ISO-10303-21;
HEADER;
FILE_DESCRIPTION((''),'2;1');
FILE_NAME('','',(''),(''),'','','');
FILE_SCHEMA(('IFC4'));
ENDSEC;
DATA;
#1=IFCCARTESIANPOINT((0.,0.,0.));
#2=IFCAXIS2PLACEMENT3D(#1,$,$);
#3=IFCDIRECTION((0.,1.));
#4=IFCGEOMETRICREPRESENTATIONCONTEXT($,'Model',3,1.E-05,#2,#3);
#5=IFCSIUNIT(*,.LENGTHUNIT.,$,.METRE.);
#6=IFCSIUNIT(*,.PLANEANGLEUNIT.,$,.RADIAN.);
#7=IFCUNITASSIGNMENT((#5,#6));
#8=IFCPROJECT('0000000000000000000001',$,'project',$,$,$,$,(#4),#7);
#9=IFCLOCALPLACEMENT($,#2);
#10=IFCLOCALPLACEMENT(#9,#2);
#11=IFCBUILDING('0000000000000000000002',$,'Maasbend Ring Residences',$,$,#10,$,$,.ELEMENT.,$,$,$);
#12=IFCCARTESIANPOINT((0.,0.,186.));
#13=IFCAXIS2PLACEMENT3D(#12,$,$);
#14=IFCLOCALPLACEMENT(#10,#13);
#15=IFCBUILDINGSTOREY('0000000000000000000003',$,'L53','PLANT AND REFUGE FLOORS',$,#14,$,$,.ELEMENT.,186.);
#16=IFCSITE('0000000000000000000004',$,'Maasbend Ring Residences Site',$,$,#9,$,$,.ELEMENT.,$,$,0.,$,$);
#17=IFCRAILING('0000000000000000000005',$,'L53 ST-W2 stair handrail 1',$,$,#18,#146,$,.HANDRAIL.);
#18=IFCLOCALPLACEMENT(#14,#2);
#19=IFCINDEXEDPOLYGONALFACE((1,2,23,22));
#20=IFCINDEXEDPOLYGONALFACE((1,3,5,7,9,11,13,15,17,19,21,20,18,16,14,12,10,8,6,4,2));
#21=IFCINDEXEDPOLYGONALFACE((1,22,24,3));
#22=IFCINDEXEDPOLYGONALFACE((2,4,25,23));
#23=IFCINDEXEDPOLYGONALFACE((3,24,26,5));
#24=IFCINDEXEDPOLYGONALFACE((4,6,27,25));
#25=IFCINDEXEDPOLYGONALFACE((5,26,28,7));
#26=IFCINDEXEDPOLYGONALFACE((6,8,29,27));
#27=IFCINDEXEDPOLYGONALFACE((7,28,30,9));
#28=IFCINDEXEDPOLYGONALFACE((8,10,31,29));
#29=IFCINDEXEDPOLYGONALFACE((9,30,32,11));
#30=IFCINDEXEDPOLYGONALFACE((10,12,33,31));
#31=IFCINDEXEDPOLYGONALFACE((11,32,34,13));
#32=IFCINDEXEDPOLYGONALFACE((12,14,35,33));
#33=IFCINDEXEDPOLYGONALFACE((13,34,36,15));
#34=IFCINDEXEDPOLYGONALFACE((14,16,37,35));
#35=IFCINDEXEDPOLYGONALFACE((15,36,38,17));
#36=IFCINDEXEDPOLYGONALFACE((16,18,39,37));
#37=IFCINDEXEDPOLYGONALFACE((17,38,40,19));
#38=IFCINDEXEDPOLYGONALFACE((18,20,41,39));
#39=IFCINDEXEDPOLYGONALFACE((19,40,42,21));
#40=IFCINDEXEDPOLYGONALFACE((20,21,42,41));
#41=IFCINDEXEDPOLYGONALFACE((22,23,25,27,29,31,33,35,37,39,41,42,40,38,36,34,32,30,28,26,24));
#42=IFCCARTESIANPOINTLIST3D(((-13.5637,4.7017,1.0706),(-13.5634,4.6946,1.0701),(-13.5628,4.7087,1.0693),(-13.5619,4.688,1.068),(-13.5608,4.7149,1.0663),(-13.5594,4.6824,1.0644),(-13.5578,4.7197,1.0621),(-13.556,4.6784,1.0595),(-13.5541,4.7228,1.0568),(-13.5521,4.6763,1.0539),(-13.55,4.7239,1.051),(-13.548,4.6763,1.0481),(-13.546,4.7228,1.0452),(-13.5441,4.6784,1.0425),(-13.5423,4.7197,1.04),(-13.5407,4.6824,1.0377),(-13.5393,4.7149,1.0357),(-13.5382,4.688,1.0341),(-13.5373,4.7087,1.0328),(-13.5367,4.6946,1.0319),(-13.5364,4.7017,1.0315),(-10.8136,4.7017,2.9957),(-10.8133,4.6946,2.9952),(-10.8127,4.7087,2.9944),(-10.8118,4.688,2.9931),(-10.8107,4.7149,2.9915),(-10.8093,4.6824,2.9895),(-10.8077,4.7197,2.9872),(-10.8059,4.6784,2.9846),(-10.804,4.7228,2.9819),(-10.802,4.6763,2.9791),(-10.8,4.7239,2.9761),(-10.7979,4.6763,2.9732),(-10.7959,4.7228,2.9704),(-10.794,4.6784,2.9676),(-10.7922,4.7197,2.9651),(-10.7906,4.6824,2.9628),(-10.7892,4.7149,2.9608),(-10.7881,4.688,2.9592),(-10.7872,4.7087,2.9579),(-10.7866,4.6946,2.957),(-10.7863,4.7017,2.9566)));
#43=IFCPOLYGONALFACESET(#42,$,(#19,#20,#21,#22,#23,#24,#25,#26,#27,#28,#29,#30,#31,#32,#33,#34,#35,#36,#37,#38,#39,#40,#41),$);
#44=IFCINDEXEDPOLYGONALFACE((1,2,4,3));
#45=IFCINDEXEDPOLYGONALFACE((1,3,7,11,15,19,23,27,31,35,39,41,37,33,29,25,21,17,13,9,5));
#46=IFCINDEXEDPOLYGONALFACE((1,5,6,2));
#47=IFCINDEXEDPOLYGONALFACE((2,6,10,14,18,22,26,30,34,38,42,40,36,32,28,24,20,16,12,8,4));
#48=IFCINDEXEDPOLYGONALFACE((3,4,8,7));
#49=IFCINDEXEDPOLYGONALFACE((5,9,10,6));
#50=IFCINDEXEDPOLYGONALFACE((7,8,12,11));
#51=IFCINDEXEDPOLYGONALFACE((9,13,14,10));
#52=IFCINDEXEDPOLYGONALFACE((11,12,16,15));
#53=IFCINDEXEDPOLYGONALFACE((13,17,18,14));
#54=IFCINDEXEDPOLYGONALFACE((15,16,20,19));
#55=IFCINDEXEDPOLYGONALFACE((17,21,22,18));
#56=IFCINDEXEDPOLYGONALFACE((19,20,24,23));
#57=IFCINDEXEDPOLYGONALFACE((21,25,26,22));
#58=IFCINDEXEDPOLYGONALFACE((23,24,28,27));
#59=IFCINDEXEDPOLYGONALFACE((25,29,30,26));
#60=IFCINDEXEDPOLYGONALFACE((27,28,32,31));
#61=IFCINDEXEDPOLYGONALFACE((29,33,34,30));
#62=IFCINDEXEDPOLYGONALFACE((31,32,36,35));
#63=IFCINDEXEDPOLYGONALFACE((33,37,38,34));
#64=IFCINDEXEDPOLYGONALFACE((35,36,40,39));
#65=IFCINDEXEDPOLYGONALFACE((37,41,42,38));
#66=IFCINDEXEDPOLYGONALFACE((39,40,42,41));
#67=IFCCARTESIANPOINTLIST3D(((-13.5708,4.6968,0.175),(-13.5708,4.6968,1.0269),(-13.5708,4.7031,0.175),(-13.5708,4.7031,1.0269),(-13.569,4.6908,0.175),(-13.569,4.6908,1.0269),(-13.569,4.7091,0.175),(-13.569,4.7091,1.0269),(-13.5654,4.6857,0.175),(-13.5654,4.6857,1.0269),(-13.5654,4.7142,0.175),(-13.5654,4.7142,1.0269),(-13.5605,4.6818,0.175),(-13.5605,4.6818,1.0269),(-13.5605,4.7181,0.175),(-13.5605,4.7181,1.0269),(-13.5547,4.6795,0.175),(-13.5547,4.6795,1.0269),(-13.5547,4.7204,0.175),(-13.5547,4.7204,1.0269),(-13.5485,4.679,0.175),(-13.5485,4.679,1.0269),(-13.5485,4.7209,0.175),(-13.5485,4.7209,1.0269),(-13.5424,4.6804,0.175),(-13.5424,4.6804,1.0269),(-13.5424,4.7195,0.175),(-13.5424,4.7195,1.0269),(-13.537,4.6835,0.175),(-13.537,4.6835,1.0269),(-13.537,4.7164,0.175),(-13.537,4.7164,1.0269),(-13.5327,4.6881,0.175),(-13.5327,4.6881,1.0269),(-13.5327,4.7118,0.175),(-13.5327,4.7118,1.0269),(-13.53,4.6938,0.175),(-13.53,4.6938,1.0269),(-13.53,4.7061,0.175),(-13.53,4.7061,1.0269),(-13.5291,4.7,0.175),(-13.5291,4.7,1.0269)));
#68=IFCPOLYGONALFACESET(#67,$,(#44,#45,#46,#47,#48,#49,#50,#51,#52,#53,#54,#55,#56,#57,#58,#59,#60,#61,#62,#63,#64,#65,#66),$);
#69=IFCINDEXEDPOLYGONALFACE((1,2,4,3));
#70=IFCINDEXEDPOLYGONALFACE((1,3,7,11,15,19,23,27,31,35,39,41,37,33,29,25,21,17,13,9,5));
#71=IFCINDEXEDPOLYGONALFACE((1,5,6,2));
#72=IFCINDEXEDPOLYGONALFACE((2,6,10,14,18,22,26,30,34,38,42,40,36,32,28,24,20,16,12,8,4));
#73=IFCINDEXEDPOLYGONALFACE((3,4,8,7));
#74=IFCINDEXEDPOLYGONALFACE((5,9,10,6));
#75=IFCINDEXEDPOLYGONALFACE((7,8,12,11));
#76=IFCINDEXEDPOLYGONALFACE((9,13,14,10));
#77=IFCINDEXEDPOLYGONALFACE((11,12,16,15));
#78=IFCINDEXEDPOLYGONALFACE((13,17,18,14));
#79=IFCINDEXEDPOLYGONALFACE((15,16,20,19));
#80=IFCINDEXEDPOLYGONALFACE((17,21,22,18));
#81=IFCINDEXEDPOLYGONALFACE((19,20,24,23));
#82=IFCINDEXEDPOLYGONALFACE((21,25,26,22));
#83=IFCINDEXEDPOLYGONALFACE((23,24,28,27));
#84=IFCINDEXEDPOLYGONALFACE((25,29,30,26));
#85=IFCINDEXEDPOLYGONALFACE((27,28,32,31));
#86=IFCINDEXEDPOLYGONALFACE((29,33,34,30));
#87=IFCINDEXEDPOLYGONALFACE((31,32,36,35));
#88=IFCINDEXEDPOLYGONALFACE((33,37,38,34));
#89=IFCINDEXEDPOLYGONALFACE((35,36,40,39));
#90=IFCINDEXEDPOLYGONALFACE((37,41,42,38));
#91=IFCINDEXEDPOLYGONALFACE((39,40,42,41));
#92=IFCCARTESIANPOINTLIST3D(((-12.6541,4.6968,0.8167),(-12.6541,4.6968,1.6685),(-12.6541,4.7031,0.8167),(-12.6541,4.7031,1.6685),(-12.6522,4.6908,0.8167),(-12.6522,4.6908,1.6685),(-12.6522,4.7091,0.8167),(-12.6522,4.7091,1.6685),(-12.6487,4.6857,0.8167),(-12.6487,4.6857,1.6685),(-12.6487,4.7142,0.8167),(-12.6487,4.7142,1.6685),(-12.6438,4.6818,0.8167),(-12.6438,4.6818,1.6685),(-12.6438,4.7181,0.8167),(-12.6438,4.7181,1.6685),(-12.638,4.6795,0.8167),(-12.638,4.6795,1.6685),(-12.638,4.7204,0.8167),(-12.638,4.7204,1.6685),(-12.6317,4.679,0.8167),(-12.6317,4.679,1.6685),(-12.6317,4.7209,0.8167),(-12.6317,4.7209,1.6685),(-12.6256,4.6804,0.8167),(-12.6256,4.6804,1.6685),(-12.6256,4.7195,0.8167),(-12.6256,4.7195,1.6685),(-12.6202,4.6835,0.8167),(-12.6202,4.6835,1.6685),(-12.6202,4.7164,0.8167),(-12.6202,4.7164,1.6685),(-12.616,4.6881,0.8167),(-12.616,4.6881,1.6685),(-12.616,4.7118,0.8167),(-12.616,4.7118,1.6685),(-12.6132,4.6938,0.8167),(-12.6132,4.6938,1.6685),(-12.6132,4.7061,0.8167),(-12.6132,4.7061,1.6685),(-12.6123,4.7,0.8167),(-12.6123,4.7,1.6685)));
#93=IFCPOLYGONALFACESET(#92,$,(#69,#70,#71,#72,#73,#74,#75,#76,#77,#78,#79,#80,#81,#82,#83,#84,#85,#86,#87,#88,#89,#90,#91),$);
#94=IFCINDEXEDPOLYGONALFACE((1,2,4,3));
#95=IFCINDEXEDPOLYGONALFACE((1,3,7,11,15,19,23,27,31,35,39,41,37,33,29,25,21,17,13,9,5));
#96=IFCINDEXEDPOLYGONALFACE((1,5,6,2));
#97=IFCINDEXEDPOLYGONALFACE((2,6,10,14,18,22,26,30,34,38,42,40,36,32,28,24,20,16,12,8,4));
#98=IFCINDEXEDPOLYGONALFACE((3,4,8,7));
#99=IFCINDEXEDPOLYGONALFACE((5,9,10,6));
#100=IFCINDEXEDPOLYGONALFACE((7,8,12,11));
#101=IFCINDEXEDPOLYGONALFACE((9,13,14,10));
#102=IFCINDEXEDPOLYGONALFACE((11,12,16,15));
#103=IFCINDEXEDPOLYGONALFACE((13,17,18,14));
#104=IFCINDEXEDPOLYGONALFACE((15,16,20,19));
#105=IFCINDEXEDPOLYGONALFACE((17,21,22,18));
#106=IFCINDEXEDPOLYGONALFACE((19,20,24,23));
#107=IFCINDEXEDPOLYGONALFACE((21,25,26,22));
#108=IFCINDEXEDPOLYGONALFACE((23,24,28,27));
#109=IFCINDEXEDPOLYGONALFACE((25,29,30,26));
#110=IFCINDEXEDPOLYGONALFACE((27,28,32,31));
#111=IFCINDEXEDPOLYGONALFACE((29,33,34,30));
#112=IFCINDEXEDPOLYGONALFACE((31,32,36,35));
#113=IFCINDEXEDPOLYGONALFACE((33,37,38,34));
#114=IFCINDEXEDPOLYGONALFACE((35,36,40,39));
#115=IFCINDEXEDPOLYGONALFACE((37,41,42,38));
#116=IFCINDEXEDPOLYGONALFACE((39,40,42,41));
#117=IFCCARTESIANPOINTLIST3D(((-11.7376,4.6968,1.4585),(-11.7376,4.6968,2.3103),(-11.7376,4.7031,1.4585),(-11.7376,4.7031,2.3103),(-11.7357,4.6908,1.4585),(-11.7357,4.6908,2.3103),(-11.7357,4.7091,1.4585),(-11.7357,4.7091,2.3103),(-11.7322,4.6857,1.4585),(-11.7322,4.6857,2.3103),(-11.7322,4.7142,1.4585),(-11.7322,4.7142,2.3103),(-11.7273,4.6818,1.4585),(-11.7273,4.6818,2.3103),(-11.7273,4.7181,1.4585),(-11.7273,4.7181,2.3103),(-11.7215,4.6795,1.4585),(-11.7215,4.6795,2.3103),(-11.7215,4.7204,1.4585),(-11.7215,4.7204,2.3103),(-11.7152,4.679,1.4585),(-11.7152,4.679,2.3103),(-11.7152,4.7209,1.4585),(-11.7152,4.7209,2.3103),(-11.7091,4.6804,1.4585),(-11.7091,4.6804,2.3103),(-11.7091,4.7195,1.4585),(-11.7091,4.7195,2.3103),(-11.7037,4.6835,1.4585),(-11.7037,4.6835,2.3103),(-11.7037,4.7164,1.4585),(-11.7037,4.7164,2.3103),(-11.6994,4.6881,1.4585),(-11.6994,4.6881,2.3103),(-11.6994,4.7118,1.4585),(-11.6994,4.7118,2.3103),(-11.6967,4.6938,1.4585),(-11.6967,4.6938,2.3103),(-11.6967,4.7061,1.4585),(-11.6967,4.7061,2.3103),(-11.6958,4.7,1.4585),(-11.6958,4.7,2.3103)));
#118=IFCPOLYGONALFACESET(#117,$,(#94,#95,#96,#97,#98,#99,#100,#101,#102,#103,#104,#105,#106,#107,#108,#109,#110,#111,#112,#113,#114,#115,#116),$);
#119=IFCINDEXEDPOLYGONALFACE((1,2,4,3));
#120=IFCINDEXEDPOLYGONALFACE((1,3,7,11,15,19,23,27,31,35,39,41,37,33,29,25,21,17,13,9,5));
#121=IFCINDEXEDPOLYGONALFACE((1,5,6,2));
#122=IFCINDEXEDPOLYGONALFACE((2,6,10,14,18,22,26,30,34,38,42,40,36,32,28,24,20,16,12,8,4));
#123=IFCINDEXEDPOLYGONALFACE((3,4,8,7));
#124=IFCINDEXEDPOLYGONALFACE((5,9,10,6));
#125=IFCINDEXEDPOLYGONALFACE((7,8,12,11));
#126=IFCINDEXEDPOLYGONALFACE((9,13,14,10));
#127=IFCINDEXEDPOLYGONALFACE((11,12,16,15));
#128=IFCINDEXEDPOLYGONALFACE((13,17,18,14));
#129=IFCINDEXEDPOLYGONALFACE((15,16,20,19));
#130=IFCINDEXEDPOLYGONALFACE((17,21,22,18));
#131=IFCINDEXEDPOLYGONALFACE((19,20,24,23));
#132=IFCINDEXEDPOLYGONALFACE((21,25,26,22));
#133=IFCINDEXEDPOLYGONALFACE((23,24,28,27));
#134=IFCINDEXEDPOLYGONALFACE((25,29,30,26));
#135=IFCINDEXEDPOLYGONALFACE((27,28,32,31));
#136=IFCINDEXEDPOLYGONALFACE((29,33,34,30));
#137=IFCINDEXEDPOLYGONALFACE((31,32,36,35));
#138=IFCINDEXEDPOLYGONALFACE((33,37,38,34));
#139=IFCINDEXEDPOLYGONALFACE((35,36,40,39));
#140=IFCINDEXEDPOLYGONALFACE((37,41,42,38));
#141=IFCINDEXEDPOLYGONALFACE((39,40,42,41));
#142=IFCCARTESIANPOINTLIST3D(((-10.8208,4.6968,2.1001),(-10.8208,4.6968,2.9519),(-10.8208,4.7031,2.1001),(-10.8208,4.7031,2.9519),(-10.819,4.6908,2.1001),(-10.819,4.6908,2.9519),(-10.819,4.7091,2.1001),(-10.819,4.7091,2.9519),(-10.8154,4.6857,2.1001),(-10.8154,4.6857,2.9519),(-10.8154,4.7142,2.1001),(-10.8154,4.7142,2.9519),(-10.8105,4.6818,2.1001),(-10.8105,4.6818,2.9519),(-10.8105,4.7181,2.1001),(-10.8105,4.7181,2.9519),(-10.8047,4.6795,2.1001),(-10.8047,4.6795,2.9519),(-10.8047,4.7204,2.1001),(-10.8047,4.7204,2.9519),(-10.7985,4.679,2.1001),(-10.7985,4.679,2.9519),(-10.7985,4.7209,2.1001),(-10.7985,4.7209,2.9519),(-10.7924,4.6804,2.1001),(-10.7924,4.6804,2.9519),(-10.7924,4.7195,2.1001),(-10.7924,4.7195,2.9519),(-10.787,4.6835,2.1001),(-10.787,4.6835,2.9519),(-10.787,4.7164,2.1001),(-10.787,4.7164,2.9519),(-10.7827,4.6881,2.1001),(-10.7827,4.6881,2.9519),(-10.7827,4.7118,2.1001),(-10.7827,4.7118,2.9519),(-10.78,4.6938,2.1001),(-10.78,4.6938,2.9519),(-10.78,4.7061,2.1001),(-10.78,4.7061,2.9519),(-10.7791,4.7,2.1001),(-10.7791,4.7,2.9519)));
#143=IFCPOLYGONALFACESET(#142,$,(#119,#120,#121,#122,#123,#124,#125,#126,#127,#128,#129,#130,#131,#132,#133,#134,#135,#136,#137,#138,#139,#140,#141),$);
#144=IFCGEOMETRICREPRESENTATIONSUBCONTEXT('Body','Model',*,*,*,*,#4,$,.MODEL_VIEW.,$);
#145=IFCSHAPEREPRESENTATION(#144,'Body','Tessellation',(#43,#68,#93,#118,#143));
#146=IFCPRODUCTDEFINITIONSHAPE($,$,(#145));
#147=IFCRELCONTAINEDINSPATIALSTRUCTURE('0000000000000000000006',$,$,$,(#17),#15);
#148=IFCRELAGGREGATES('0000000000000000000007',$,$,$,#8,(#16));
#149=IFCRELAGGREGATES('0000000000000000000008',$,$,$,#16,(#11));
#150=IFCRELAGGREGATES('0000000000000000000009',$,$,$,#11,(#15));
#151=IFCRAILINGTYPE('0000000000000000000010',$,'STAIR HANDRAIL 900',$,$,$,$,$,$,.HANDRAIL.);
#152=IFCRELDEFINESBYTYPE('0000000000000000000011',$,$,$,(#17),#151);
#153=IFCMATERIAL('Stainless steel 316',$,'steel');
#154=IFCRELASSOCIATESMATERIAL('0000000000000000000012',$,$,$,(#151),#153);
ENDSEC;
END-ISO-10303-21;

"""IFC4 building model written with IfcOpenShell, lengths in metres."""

from ifc_helpers import new_model, si_unit, direction, frame, origin, origin_2d, place, context, subcontext, project, spatial, circle, extrude, material, type_object, element, save


model = new_model("IFC4")

# Units and contexts
model_context = context("Model", 3, precision=1e-05, world=origin(), true_north=direction((0.0, 1.0)))
body_context = subcontext(model_context, "Body", "Model", "MODEL_VIEW")
ifc_project = project(units=[si_unit("LENGTHUNIT", "METRE"), si_unit("PLANEANGLEUNIT", "RADIAN")], contexts=[model_context])

# Site, building, storey
site_placement = place(None, origin())
site = spatial("IfcSite", under=ifc_project, at=site_placement, Name="Maasbend Ring Residences Site", CompositionType="ELEMENT", RefElevation=0.0)
building_placement = place(site_placement, origin())
building = spatial("IfcBuilding", under=site, at=building_placement, Name="Maasbend Ring Residences", CompositionType="ELEMENT")
storey_placement = place(building_placement, frame((0.0, 0.0, 186.0)))
storey = spatial("IfcBuildingStorey", under=building, at=storey_placement, Name="L53", Description="PLANT AND REFUGE FLOORS", CompositionType="ELEMENT", Elevation=186.0)

# Railing
ifc_material_1 = material(Name="Stainless steel 316", Category="steel")
railing_type_1 = type_object("IfcRailingType", Name="STAIR HANDRAIL 900", PredefinedType="HANDRAIL", material=ifc_material_1)
railing_1_placement = place(storey_placement, frame((-13.55, 4.7, 0.175)))
element("IfcRailing", 1, at=railing_1_placement, inside=storey, type_object=railing_type_1, Name="L53 ST-W2 stair handrail 1", PredefinedType="HANDRAIL", context=body_context, shape_type="SweptSolid", body=[
    extrude(circle(Radius=0.0239, at=origin_2d()), frame((0.0, 0.0, 0.876), z_axis=(0.819225, 0.0, 0.573472), x_axis=(0.0, 1.0, 0.0)), (0.0, 0.0, 1.0), 3.3569),
    extrude(circle(Radius=0.021, at=origin_2d()), origin(), (0.0, 0.0, 1.0), 0.8518),
    extrude(circle(Radius=0.021, at=origin_2d()), frame((0.9167, 0.0, 0.6416)), (0.0, 0.0, 1.0), 0.8518),
    extrude(circle(Radius=0.021, at=origin_2d()), frame((1.8333, 0.0, 1.2834)), (0.0, 0.0, 1.0), 0.8518),
    extrude(circle(Radius=0.021, at=origin_2d()), frame((2.75, 0.0, 1.925)), (0.0, 0.0, 1.0), 0.8518),
])

save(model, "model.ifc")
